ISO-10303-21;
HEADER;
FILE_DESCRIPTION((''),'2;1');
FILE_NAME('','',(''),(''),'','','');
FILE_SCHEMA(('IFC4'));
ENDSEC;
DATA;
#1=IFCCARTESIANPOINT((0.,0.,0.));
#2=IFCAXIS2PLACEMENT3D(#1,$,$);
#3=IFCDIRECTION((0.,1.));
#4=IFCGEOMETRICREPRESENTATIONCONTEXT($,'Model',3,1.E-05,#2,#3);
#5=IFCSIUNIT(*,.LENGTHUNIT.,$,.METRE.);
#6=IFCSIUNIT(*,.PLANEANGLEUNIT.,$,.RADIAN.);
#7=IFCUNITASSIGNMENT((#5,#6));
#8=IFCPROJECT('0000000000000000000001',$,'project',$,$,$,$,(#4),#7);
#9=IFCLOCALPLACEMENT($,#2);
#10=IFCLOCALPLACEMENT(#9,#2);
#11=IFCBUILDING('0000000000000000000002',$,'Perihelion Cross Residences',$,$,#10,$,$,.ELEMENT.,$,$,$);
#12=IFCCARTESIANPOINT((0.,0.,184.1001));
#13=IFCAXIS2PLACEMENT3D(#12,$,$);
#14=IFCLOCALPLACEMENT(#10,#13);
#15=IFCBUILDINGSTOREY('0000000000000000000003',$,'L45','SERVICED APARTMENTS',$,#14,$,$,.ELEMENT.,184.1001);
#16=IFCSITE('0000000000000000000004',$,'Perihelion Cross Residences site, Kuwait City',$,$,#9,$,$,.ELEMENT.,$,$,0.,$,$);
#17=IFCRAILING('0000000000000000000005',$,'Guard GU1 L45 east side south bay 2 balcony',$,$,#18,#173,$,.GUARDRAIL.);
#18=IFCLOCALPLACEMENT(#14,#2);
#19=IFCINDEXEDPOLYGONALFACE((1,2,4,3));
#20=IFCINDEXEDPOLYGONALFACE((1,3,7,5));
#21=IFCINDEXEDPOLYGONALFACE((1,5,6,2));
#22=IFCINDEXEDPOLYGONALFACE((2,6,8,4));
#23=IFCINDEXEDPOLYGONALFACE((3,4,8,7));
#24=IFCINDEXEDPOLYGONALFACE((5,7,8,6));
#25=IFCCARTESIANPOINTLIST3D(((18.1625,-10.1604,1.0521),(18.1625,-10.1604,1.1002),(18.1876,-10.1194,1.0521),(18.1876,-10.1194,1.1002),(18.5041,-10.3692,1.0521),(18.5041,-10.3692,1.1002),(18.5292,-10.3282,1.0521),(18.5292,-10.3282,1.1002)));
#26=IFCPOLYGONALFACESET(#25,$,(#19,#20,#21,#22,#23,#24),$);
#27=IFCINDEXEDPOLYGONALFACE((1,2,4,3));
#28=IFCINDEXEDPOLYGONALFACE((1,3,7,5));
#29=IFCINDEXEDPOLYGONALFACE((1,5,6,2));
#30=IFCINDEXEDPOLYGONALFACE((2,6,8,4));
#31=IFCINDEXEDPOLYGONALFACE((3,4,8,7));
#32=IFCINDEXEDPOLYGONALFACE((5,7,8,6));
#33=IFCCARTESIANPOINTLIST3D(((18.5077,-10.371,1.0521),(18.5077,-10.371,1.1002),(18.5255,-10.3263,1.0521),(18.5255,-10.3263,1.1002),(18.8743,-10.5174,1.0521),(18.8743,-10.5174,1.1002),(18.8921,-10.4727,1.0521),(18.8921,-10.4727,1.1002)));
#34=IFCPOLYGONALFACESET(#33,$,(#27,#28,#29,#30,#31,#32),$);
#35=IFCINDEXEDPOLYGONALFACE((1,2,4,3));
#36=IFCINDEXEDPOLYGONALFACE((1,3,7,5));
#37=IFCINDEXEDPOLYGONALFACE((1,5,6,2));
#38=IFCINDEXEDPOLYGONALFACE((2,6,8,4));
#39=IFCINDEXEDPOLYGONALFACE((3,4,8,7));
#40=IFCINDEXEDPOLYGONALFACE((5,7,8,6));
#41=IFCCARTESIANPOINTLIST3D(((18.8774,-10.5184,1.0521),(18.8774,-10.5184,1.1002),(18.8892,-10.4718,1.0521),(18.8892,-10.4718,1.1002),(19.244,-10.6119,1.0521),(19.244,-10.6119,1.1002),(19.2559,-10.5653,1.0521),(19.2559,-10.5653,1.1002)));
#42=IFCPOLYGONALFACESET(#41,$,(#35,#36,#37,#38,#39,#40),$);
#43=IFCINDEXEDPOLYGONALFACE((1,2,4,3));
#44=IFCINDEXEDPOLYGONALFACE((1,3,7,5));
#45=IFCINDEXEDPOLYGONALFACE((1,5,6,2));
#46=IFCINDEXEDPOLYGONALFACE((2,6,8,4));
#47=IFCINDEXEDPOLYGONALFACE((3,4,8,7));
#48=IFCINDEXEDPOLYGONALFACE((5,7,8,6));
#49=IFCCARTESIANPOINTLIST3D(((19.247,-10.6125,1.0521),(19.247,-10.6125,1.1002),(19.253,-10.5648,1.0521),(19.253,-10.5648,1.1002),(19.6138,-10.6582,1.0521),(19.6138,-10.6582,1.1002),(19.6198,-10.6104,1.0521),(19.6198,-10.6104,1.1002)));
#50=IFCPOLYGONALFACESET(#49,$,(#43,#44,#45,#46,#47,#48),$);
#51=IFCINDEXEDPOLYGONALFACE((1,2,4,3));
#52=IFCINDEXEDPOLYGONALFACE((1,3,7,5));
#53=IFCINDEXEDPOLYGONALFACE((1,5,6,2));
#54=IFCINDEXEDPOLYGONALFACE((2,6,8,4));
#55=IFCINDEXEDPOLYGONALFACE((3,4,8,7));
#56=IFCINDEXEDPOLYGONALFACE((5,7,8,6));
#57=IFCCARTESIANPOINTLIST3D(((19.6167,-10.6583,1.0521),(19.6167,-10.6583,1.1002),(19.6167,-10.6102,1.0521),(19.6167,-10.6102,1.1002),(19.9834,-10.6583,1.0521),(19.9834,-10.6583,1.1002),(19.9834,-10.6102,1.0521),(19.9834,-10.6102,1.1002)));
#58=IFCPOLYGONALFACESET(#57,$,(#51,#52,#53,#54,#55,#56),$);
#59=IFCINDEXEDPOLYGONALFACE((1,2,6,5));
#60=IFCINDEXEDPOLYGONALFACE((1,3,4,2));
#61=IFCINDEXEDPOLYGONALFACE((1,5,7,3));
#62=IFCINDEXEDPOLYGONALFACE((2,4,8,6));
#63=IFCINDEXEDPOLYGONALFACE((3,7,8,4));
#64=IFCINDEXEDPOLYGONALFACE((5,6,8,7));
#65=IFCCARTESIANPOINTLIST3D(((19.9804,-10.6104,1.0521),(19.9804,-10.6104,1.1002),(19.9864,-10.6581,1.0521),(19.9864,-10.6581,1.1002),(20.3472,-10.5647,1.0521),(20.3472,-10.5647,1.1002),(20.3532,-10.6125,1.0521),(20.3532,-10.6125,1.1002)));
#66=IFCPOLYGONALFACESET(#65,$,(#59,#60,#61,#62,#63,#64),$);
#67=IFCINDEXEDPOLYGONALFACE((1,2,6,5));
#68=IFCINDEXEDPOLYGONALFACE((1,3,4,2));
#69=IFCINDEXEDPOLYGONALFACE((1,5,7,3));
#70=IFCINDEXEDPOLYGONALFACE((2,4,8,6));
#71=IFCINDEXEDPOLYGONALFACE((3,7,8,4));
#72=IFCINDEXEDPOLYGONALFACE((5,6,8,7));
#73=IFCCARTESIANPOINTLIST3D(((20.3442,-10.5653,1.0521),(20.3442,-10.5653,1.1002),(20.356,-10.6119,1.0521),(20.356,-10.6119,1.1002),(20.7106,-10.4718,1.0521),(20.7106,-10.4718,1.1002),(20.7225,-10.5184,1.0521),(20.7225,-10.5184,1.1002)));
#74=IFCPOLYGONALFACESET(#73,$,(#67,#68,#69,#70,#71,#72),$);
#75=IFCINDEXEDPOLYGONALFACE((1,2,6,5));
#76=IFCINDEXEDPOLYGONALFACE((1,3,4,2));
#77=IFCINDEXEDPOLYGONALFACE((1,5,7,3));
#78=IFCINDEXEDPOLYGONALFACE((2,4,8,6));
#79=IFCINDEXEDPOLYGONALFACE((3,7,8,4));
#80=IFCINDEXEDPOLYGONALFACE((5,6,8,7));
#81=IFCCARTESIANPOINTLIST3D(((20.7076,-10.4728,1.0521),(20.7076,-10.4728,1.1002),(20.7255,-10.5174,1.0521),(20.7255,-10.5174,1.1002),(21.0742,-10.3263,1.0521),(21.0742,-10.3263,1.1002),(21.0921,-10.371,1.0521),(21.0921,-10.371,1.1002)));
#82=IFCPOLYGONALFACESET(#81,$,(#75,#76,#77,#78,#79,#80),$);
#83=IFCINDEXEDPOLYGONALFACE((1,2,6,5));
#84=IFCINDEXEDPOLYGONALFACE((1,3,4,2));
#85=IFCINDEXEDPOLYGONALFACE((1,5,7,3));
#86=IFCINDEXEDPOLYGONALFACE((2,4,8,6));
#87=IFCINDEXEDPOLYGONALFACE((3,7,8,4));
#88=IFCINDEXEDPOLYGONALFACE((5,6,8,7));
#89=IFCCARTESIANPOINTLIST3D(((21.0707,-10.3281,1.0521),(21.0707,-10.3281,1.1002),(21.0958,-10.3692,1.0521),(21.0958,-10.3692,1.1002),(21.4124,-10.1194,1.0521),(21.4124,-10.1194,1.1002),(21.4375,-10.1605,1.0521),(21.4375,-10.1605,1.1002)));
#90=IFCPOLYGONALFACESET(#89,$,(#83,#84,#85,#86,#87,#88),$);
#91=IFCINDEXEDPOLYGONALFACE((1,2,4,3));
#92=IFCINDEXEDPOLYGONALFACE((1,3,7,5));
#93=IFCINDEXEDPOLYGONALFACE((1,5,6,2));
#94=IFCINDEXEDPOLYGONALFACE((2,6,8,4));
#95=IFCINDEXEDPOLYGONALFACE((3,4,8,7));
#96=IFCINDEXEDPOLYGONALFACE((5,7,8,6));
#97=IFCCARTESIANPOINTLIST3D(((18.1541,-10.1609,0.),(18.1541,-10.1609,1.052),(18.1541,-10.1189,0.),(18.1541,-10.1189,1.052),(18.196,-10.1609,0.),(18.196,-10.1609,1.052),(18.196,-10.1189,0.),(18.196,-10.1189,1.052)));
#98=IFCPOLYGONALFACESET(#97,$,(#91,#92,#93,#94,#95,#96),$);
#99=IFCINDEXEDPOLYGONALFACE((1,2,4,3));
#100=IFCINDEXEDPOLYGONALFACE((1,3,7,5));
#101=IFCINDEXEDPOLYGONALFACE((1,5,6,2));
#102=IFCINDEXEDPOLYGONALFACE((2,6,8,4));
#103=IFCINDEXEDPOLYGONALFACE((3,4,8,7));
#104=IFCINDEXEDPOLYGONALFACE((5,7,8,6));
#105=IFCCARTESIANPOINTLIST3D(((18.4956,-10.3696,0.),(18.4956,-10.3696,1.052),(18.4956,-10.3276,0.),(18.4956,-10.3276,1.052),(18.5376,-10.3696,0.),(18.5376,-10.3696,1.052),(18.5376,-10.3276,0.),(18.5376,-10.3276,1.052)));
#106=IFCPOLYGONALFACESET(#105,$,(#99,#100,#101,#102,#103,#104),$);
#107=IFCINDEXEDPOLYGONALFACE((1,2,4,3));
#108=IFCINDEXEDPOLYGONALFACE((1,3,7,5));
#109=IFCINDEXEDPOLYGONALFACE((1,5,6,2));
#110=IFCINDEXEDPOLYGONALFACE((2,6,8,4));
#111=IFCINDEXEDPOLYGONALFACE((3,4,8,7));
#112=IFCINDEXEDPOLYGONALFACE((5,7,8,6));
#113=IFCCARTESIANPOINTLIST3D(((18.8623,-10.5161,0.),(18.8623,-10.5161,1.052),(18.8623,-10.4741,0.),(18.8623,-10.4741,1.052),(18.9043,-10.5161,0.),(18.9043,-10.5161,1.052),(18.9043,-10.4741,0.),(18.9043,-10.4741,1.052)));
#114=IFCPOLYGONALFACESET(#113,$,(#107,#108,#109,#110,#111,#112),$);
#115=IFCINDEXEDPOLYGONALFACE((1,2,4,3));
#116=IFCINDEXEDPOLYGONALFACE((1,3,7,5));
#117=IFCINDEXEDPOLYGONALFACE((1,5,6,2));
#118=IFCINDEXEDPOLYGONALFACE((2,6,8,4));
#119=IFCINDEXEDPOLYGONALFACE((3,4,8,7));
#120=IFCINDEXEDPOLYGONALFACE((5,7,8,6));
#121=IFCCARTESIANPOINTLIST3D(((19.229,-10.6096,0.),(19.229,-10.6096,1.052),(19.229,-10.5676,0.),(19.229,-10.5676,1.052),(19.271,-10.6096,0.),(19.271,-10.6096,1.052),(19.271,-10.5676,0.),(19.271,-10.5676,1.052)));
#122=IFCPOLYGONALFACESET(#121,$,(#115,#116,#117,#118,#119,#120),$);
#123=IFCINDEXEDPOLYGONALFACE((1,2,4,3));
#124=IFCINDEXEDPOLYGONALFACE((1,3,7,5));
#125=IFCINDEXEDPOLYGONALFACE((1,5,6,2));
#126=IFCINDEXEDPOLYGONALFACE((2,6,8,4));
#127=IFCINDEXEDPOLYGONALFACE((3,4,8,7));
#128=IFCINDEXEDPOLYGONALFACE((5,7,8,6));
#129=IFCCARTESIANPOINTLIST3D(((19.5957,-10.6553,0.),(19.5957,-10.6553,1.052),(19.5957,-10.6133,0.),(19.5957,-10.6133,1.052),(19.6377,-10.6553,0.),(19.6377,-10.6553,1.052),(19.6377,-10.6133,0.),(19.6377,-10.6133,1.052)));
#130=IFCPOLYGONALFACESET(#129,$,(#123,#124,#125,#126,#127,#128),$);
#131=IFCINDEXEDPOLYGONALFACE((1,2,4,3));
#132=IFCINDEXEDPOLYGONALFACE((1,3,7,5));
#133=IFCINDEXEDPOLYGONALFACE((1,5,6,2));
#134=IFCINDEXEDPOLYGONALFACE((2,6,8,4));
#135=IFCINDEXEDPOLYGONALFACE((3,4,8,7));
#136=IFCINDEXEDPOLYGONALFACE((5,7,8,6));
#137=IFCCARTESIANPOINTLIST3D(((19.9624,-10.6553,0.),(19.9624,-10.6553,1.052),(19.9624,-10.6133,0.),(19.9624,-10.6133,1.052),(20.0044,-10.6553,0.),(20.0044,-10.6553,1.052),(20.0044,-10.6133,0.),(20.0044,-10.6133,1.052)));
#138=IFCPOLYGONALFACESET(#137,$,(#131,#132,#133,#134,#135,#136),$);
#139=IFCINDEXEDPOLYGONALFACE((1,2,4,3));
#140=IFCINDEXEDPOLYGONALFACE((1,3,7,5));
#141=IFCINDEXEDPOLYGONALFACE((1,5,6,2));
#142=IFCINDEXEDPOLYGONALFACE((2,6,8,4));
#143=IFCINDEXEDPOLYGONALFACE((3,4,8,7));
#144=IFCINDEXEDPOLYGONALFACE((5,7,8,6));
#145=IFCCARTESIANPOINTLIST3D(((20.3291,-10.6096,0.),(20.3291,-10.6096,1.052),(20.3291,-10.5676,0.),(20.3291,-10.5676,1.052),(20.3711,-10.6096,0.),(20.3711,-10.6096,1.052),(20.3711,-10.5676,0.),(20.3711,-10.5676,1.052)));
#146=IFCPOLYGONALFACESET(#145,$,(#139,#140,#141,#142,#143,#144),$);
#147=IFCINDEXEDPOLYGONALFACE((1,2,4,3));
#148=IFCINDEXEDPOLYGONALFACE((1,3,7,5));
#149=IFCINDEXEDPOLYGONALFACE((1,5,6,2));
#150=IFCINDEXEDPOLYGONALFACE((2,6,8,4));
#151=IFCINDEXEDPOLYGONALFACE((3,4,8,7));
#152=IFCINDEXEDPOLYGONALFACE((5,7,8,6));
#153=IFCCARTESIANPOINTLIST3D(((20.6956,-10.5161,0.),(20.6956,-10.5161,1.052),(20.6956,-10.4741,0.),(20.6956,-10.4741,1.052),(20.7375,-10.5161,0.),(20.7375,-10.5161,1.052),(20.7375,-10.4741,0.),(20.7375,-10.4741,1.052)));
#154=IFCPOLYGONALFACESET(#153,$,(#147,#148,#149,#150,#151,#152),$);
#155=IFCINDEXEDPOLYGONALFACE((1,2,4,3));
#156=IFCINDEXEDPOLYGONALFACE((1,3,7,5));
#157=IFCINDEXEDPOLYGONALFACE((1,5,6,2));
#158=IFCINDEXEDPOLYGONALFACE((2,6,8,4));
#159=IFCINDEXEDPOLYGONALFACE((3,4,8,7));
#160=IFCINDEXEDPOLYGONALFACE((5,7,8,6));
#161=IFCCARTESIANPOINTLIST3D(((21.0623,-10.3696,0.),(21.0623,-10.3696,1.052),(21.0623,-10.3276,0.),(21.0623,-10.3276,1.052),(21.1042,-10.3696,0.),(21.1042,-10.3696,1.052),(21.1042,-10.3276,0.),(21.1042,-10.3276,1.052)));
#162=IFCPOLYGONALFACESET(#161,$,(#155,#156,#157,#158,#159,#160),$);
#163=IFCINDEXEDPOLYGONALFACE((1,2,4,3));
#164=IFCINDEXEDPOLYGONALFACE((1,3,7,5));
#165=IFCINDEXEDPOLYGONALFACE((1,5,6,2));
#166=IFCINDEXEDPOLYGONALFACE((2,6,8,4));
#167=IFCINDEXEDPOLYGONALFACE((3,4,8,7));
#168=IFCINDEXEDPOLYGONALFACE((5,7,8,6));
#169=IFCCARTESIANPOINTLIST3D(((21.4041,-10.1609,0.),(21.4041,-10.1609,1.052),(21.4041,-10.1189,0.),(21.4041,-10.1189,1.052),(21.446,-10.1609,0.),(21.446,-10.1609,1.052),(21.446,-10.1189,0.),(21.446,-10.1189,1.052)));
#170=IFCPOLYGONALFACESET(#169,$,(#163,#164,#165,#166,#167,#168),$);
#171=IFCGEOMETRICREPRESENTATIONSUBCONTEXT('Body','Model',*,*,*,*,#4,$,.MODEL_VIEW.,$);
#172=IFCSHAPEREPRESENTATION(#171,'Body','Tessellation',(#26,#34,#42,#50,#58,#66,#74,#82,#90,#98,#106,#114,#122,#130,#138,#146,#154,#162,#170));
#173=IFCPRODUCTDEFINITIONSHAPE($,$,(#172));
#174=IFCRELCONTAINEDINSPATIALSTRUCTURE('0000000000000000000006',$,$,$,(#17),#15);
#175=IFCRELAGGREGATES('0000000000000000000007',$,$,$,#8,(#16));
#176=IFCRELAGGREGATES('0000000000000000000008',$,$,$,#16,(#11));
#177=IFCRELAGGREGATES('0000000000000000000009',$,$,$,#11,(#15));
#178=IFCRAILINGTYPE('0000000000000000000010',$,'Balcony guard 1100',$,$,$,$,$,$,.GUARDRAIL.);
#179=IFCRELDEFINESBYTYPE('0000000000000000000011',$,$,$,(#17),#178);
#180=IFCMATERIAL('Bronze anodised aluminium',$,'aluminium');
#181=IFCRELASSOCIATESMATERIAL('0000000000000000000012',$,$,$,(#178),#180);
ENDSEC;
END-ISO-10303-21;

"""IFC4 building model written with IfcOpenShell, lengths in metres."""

from ifc_helpers import new_model, si_unit, direction, frame, origin, origin_2d, place, context, subcontext, project, spatial, rectangle, extrude, material, type_object, element, save


model = new_model("IFC4")

# Units and contexts
model_context = context("Model", 3, precision=1e-05, world=origin(), true_north=direction((0.0, 1.0)))
body_context = subcontext(model_context, "Body", "Model", "MODEL_VIEW")
ifc_project = project(units=[si_unit("LENGTHUNIT", "METRE"), si_unit("PLANEANGLEUNIT", "RADIAN")], contexts=[model_context])

# Site, building, storey
site_placement = place(None, origin())
site = spatial("IfcSite", under=ifc_project, at=site_placement, Name="Perihelion Cross Residences site, Kuwait City", CompositionType="ELEMENT", RefElevation=0.0)
building_placement = place(site_placement, origin())
building = spatial("IfcBuilding", under=site, at=building_placement, Name="Perihelion Cross Residences", CompositionType="ELEMENT")
storey_placement = place(building_placement, frame((0.0, 0.0, 184.1001)))
storey = spatial("IfcBuildingStorey", under=building, at=storey_placement, Name="L45", Description="SERVICED APARTMENTS", CompositionType="ELEMENT", Elevation=184.1001)

# Railing
ifc_material_1 = material(Name="Bronze anodised aluminium", Category="aluminium")
railing_type = type_object("IfcRailingType", Name="Balcony guard 1100", PredefinedType="GUARDRAIL", material=ifc_material_1)
railing_1_placement = place(storey_placement, frame((18.175, -10.1399, 0.0)))
element("IfcRailing", 1, at=railing_1_placement, inside=storey, type_object=railing_type, Name="Guard GU1 L45 east side south bay 2 balcony", PredefinedType="GUARDRAIL", context=body_context, shape_type="SweptSolid", body=[
    extrude(rectangle(XDim=0.0481, YDim=0.0481, at=origin_2d()), frame((0.0, 0.0, 1.0762), z_axis=(0.853267, -0.521475, 0.0), x_axis=(0.521475, 0.853267, 0.0)), (0.0, 0.0, 1.0), 0.4004),
    extrude(rectangle(XDim=0.0481, YDim=0.0481, at=origin_2d()), frame((0.3416, -0.2087, 1.0762), z_axis=(0.928647, -0.370964, 0.0), x_axis=(0.370964, 0.928647, 0.0)), (0.0, 0.0, 1.0), 0.3948),
    extrude(rectangle(XDim=0.0481, YDim=0.0481, at=origin_2d()), frame((0.7083, -0.3552, 1.0762), z_axis=(0.968993, -0.247087, 0.0), x_axis=(0.247087, 0.968993, 0.0)), (0.0, 0.0, 1.0), 0.3784),
    extrude(rectangle(XDim=0.0481, YDim=0.0481, at=origin_2d()), frame((1.075, -0.4487, 1.0762), z_axis=(0.992339, -0.123547, 0.0), x_axis=(0.123547, 0.992339, 0.0)), (0.0, 0.0, 1.0), 0.3696),
    extrude(rectangle(XDim=0.0481, YDim=0.0481, at=origin_2d()), frame((1.4417, -0.4944, 1.0762), z_axis=(1.0, 0.0, 0.0), x_axis=(0.0, 1.0, 0.0)), (0.0, 0.0, 1.0), 0.3667),
    extrude(rectangle(XDim=0.0481, YDim=0.0481, at=origin_2d()), frame((1.8083, -0.4944, 1.0762), z_axis=(0.992339, 0.123547, 0.0), x_axis=(-0.123547, 0.992339, 0.0)), (0.0, 0.0, 1.0), 0.3696),
    extrude(rectangle(XDim=0.0481, YDim=0.0481, at=origin_2d()), frame((2.175, -0.4487, 1.0762), z_axis=(0.968954, 0.247241, 0.0), x_axis=(-0.247241, 0.968954, 0.0)), (0.0, 0.0, 1.0), 0.3782),
    extrude(rectangle(XDim=0.0481, YDim=0.0481, at=origin_2d()), frame((2.5415, -0.3552, 1.0762), z_axis=(0.928647, 0.370964, 0.0), x_axis=(-0.370964, 0.928647, 0.0)), (0.0, 0.0, 1.0), 0.3948),
    extrude(rectangle(XDim=0.0481, YDim=0.0481, at=origin_2d()), frame((2.9082, -0.2087, 1.0762), z_axis=(0.853432, 0.521203, 0.0), x_axis=(-0.521203, 0.853432, 0.0)), (0.0, 0.0, 1.0), 0.4004),
    extrude(rectangle(XDim=0.042, YDim=0.042, at=origin_2d()), origin(), (0.0, 0.0, 1.0), 1.052),
    extrude(rectangle(XDim=0.042, YDim=0.042, at=origin_2d()), frame((0.3416, -0.2087, 0.0)), (0.0, 0.0, 1.0), 1.052),
    extrude(rectangle(XDim=0.042, YDim=0.042, at=origin_2d()), frame((0.7083, -0.3552, 0.0)), (0.0, 0.0, 1.0), 1.052),
    extrude(rectangle(XDim=0.042, YDim=0.042, at=origin_2d()), frame((1.075, -0.4487, 0.0)), (0.0, 0.0, 1.0), 1.052),
    extrude(rectangle(XDim=0.042, YDim=0.042, at=origin_2d()), frame((1.4417, -0.4944, 0.0)), (0.0, 0.0, 1.0), 1.052),
    extrude(rectangle(XDim=0.042, YDim=0.042, at=origin_2d()), frame((1.8083, -0.4944, 0.0)), (0.0, 0.0, 1.0), 1.052),
    extrude(rectangle(XDim=0.042, YDim=0.042, at=origin_2d()), frame((2.175, -0.4487, 0.0)), (0.0, 0.0, 1.0), 1.052),
    extrude(rectangle(XDim=0.042, YDim=0.042, at=origin_2d()), frame((2.5415, -0.3552, 0.0)), (0.0, 0.0, 1.0), 1.052),
    extrude(rectangle(XDim=0.042, YDim=0.042, at=origin_2d()), frame((2.9082, -0.2087, 0.0)), (0.0, 0.0, 1.0), 1.052),
    extrude(rectangle(XDim=0.042, YDim=0.042, at=origin_2d()), frame((3.25, 0.0, 0.0)), (0.0, 0.0, 1.0), 1.052),
])

save(model, "model.ifc")
